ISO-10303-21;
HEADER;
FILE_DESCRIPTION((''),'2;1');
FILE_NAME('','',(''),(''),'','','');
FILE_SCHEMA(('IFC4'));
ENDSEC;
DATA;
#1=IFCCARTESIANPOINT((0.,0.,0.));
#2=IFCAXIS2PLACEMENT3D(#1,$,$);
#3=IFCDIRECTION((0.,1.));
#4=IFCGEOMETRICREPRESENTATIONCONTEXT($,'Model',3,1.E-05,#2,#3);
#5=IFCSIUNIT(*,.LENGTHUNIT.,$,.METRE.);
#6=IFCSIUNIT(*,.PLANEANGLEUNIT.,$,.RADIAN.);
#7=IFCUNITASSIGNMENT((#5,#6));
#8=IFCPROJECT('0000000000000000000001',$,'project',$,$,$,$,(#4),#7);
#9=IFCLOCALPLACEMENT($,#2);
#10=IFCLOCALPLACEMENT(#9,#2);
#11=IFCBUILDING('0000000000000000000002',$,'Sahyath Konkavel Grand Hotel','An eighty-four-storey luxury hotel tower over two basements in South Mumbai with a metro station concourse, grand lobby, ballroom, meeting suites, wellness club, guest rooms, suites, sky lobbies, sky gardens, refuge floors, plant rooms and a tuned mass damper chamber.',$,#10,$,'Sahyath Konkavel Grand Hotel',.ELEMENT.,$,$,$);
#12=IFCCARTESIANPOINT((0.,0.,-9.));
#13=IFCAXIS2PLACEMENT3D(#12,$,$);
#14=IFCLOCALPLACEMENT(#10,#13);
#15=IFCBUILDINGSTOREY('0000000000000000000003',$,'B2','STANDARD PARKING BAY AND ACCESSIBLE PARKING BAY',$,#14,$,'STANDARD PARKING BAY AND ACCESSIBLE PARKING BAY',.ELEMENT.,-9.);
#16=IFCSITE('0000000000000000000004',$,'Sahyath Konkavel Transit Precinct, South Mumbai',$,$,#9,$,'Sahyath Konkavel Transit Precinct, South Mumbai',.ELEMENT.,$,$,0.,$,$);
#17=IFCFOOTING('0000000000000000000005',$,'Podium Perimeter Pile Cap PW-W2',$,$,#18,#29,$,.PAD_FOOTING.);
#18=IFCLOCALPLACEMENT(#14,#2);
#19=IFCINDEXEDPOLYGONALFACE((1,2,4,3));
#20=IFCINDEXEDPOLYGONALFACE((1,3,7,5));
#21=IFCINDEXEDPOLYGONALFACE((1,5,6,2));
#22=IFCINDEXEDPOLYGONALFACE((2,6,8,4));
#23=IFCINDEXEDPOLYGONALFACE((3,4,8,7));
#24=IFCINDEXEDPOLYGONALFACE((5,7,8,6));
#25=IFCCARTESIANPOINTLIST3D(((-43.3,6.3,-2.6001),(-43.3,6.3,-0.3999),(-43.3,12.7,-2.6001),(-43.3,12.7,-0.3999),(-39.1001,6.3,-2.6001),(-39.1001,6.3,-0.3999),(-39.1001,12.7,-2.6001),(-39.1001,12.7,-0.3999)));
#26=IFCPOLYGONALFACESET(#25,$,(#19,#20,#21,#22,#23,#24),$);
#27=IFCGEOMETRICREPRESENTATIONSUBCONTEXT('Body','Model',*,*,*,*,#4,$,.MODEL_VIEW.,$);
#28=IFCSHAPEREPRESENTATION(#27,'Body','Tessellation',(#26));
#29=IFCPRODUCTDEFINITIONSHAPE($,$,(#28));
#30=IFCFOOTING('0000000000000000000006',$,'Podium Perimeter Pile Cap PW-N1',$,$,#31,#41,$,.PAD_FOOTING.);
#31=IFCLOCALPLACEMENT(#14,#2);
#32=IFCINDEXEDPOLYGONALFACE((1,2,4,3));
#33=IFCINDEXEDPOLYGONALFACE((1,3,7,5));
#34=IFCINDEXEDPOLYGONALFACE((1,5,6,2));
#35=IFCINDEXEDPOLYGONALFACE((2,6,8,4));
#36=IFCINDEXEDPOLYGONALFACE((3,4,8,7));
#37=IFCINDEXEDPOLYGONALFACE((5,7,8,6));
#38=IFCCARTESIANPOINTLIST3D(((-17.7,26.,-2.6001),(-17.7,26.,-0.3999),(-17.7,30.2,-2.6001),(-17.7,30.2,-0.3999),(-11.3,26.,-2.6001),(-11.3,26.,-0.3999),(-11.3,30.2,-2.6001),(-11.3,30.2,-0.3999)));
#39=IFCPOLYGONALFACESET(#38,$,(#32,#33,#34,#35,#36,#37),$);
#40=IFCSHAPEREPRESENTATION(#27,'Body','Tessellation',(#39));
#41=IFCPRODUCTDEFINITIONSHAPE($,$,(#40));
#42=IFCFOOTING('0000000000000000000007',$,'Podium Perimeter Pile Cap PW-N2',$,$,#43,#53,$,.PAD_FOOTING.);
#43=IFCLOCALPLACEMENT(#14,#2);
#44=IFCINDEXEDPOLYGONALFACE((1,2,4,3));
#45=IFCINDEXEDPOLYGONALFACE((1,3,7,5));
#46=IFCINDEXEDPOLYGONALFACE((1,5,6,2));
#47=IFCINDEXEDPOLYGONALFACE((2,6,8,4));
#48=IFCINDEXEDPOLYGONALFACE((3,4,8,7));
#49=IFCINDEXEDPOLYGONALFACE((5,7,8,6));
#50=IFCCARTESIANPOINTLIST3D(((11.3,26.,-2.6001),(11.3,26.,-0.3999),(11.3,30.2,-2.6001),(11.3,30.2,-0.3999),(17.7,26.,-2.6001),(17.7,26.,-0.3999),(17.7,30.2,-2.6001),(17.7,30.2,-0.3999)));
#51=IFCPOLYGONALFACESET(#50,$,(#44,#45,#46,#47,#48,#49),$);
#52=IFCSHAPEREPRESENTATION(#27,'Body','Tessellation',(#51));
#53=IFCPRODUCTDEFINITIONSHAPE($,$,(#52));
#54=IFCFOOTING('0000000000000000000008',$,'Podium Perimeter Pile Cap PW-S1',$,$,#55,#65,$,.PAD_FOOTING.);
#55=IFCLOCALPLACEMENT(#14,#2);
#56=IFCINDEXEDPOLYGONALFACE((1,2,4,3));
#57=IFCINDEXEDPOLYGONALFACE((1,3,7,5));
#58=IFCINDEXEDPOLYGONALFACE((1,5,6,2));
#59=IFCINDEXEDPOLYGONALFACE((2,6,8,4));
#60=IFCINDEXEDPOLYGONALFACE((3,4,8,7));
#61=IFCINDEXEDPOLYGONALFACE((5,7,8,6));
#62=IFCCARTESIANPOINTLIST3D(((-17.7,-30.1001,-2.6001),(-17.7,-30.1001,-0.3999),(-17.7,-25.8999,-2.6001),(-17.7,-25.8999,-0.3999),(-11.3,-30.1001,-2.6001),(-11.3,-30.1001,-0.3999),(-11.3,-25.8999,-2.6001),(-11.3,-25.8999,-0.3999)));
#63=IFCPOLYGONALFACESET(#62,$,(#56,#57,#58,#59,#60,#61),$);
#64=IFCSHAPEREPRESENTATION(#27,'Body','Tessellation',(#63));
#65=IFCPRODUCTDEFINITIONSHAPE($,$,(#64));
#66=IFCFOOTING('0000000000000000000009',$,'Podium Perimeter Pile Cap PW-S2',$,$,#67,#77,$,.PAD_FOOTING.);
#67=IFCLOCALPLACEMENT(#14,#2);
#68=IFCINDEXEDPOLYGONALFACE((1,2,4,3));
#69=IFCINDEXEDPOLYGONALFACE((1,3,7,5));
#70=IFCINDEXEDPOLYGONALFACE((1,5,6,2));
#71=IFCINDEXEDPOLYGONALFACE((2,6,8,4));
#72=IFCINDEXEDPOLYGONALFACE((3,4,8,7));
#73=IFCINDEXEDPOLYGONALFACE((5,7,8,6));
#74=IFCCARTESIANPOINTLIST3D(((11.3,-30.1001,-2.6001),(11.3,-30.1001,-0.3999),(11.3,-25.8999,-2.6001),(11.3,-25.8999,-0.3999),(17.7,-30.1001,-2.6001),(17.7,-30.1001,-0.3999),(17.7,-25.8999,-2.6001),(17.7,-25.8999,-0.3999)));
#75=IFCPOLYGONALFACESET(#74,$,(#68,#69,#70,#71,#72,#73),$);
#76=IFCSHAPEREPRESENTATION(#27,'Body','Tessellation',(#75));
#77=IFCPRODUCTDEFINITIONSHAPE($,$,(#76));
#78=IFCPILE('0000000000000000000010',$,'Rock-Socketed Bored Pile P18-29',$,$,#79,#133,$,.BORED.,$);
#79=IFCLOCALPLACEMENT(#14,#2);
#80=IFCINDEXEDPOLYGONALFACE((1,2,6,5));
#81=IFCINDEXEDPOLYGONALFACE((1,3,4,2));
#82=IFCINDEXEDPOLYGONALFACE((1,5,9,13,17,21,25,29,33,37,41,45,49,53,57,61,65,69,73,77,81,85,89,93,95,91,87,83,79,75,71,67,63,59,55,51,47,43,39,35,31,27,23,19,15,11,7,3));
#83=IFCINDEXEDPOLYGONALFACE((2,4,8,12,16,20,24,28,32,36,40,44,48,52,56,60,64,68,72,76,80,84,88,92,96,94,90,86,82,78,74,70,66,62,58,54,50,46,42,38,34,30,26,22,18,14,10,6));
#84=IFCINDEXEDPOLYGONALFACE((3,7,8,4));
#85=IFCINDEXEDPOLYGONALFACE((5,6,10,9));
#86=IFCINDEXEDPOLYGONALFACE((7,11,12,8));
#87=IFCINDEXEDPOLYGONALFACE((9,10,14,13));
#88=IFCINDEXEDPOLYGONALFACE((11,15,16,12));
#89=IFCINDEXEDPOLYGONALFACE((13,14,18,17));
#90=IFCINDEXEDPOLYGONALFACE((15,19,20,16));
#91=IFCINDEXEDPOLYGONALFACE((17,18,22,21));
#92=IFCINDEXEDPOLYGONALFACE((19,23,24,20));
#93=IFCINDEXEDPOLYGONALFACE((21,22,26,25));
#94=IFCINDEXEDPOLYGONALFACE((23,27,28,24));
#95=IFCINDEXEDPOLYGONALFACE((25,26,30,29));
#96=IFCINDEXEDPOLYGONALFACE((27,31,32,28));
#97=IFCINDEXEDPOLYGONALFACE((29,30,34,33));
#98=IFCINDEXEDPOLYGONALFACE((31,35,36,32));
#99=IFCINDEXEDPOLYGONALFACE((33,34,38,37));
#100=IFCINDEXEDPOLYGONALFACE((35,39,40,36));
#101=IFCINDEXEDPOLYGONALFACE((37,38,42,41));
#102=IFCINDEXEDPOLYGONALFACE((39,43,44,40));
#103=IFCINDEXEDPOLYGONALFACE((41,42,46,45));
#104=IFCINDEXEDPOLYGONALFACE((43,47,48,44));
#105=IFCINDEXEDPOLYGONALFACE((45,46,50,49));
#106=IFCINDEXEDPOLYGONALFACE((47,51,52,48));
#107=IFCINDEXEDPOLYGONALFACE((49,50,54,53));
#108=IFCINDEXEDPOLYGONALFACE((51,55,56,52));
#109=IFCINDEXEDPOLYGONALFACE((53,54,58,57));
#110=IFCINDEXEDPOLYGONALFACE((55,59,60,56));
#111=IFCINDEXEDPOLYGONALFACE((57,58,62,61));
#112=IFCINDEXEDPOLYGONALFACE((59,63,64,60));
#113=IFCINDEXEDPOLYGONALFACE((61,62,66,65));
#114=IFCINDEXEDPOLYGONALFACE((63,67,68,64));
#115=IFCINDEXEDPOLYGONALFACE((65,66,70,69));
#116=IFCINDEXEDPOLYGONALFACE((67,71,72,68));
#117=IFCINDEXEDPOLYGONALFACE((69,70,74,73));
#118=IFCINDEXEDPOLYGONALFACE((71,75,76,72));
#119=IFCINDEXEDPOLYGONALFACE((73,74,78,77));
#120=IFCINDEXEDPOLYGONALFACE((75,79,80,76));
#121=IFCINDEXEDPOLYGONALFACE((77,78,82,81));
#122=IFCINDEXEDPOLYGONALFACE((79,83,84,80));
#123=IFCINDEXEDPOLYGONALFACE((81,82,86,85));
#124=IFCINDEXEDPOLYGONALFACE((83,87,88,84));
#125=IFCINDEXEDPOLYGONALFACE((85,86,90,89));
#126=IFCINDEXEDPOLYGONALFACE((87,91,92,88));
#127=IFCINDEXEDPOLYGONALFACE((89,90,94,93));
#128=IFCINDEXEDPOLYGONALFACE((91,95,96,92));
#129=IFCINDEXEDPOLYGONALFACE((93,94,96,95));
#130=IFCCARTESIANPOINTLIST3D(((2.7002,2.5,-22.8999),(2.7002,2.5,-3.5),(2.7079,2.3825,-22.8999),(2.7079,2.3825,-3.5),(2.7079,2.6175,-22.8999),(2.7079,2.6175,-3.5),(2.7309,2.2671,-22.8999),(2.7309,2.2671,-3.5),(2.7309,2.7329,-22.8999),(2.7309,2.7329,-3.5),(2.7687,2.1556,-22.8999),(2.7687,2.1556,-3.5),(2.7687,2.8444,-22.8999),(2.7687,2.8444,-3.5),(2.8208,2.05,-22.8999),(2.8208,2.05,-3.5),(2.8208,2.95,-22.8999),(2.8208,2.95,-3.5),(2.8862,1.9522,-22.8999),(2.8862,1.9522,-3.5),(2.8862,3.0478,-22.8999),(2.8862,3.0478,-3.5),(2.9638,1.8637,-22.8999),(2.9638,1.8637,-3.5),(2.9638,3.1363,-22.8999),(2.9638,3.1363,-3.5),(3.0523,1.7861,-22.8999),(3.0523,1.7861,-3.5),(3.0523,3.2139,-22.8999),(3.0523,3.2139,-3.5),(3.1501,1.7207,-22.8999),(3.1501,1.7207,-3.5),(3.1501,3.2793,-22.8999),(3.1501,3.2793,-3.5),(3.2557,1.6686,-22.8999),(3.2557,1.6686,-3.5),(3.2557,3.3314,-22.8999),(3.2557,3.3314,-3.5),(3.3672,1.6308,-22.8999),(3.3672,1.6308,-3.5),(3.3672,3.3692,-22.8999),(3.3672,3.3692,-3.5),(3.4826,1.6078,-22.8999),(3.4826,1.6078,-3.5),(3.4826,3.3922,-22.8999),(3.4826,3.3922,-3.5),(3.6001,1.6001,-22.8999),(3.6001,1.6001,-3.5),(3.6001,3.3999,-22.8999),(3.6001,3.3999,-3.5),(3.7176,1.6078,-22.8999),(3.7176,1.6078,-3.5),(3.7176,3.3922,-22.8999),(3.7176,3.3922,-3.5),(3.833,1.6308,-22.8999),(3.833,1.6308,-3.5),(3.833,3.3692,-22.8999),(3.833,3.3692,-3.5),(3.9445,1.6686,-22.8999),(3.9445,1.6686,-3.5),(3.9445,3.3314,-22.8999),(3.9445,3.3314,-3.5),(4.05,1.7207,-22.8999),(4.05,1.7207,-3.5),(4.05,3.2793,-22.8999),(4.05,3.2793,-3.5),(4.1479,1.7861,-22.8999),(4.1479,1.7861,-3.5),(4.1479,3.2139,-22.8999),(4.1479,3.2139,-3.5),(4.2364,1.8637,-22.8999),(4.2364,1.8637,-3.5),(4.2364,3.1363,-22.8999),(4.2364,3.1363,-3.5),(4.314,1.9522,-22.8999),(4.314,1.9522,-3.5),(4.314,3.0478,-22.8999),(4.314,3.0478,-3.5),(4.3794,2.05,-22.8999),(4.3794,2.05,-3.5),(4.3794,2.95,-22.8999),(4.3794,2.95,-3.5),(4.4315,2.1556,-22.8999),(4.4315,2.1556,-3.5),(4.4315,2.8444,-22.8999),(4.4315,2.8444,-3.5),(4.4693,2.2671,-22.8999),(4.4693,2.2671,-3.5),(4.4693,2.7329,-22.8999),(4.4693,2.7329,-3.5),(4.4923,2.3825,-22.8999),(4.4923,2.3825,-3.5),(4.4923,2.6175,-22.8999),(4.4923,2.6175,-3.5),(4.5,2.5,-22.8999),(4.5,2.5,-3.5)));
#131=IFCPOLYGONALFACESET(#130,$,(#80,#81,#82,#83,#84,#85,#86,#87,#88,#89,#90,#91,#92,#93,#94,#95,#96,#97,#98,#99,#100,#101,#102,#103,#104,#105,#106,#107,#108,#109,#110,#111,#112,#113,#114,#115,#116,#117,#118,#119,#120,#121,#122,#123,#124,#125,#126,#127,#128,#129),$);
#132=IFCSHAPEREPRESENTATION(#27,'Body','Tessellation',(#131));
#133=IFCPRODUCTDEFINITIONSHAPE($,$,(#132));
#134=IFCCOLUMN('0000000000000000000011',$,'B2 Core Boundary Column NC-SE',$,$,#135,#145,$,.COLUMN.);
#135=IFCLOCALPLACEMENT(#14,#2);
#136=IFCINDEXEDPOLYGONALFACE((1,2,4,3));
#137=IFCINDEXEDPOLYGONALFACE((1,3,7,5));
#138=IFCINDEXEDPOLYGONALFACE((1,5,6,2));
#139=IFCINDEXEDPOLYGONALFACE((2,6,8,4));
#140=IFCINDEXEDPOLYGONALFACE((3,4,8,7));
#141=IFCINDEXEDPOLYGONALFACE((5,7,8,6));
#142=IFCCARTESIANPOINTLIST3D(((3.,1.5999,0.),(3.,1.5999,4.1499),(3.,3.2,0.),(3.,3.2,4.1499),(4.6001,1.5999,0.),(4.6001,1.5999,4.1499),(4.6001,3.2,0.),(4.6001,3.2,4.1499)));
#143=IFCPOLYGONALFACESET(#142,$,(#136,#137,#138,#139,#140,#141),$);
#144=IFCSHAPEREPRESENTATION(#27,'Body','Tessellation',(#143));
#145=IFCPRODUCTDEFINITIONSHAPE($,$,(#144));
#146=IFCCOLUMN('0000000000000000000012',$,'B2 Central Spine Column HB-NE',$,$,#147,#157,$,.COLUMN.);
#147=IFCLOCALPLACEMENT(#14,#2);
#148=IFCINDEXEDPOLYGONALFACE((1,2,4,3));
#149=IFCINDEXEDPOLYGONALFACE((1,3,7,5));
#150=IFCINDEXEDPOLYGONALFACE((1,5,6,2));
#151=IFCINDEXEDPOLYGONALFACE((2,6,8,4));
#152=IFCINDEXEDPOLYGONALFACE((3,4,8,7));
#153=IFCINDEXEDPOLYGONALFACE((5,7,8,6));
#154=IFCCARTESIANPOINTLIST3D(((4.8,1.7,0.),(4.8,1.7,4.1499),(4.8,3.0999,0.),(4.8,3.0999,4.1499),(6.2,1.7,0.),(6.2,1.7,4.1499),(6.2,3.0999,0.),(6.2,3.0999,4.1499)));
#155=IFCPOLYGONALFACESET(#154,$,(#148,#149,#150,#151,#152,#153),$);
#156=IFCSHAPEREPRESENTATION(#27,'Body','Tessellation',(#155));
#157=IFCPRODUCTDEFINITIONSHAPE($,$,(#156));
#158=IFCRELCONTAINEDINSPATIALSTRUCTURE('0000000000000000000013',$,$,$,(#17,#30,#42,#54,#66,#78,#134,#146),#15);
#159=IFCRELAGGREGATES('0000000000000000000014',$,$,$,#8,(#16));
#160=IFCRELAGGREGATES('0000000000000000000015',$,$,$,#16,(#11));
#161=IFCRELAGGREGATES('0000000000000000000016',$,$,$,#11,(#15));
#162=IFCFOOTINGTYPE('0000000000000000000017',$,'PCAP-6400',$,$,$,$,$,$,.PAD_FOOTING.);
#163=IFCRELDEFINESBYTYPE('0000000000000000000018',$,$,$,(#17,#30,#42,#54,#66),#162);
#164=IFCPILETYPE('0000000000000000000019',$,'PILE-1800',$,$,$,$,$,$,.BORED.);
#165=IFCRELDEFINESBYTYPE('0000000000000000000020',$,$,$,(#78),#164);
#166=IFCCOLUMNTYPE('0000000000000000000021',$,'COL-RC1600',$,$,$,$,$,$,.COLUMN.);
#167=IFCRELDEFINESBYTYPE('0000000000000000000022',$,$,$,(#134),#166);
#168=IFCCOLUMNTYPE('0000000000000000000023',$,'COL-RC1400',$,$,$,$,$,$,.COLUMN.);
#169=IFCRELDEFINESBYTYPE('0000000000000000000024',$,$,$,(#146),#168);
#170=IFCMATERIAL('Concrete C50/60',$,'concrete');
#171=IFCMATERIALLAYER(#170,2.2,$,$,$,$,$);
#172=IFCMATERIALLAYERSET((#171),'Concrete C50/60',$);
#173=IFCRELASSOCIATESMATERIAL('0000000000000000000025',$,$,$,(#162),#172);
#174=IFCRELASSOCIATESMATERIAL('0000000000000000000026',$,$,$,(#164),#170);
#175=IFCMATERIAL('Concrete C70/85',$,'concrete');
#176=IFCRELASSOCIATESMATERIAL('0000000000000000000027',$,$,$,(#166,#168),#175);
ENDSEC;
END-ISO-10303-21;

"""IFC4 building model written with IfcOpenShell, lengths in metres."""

from ifc_helpers import new_model, si_unit, direction, frame, origin, origin_2d, place, context, subcontext, project, spatial, polyline, rectangle, circle, outline, extrude, source, transform, mapped, material, layer, layer_set, material_profile, profile_set, type_object, element, save


model = new_model("IFC4")

# Units and contexts
model_context = context("Model", 3, precision=1e-05, world=origin(), true_north=direction((0.0, 1.0)))
body_context = subcontext(model_context, "Body", "Model", "MODEL_VIEW")
ifc_project = project(units=[si_unit("LENGTHUNIT", "METRE"), si_unit("PLANEANGLEUNIT", "RADIAN")], contexts=[model_context])

# Site, building, storey
site_placement = place(None, origin())
site = spatial("IfcSite", under=ifc_project, at=site_placement, Name="Sahyath Konkavel Transit Precinct, South Mumbai", LongName="Sahyath Konkavel Transit Precinct, South Mumbai", CompositionType="ELEMENT", RefElevation=0.0)
building_placement = place(site_placement, origin())
building = spatial("IfcBuilding", under=site, at=building_placement, Name="Sahyath Konkavel Grand Hotel", Description="An eighty-four-storey luxury hotel tower over two basements in South Mumbai with a metro station concourse, grand lobby, ballroom, meeting suites, wellness club, guest rooms, suites, sky lobbies, sky gardens, refuge floors, plant rooms and a tuned mass damper chamber.", LongName="Sahyath Konkavel Grand Hotel", CompositionType="ELEMENT")
storey_placement = place(building_placement, frame((0.0, 0.0, -9.0)))
storey = spatial("IfcBuildingStorey", under=building, at=storey_placement, Name="B2", Description="STANDARD PARKING BAY AND ACCESSIBLE PARKING BAY", LongName="STANDARD PARKING BAY AND ACCESSIBLE PARKING BAY", CompositionType="ELEMENT", Elevation=-9.0)

# Footings
ifc_material_1 = material(Name="Concrete C50/60", Category="concrete")
ifc_layer_1 = layer(ifc_material_1, 2.2)
ifc_layer_set_1 = layer_set([ifc_layer_1], Name="Concrete C50/60")
footing_type = type_object("IfcFootingType", Name="PCAP-6400", PredefinedType="PAD_FOOTING", material=ifc_layer_set_1)
footing_1_placement = place(storey_placement, frame((0.0, 0.0, -2.6001)))
element("IfcFooting", 1, at=footing_1_placement, inside=storey, type_object=footing_type, Name="Podium Perimeter Pile Cap PW-W2", PredefinedType="PAD_FOOTING", context=body_context, shape_type="SweptSolid", body=[
    extrude(outline(polyline([(-43.3, 6.3), (-39.1001, 6.3), (-39.1001, 12.7), (-43.3, 12.7), (-43.3, 6.3)])), origin(), (0.0, 0.0, 1.0), 2.2002),
])
footing_2_placement = place(storey_placement, frame((0.0, 0.0, -2.6001)))
element("IfcFooting", 2, at=footing_2_placement, inside=storey, type_object=footing_type, Name="Podium Perimeter Pile Cap PW-N1", PredefinedType="PAD_FOOTING", context=body_context, shape_type="SweptSolid", body=[
    extrude(outline(polyline([(-17.7, 26.0), (-11.3, 26.0), (-11.3, 30.2), (-17.7, 30.2), (-17.7, 26.0)])), origin(), (0.0, 0.0, 1.0), 2.2002),
])
footing_3_placement = place(storey_placement, frame((0.0, 0.0, -2.6001)))
element("IfcFooting", 3, at=footing_3_placement, inside=storey, type_object=footing_type, Name="Podium Perimeter Pile Cap PW-N2", PredefinedType="PAD_FOOTING", context=body_context, shape_type="SweptSolid", body=[
    extrude(outline(polyline([(11.3, 26.0), (17.7, 26.0), (17.7, 30.2), (11.3, 30.2), (11.3, 26.0)])), origin(), (0.0, 0.0, 1.0), 2.2002),
])
footing_4_placement = place(storey_placement, frame((0.0, 0.0, -2.6001)))
element("IfcFooting", 4, at=footing_4_placement, inside=storey, type_object=footing_type, Name="Podium Perimeter Pile Cap PW-S1", PredefinedType="PAD_FOOTING", context=body_context, shape_type="SweptSolid", body=[
    extrude(outline(polyline([(-17.7, -30.1001), (-11.3, -30.1001), (-11.3, -25.8999), (-17.7, -25.8999), (-17.7, -30.1001)])), origin(), (0.0, 0.0, 1.0), 2.2002),
])
footing_5_placement = place(storey_placement, frame((0.0, 0.0, -2.6001)))
element("IfcFooting", 5, at=footing_5_placement, inside=storey, type_object=footing_type, Name="Podium Perimeter Pile Cap PW-S2", PredefinedType="PAD_FOOTING", context=body_context, shape_type="SweptSolid", body=[
    extrude(outline(polyline([(11.3, -30.1001), (17.7, -30.1001), (17.7, -25.8999), (11.3, -25.8999), (11.3, -30.1001)])), origin(), (0.0, 0.0, 1.0), 2.2002),
])

# Pile
ifc_material_profile_1 = material_profile(ifc_material_1, circle(Radius=0.8999, at=origin_2d()), Name="PILE D1800")
ifc_profile_set_1 = profile_set([ifc_material_profile_1], Name="Concrete C50/60")
pile_type = type_object("IfcPileType", Name="PILE-1800", PredefinedType="BORED", material=ifc_profile_set_1)
pile_placement = place(storey_placement, frame((3.6001, 2.5, -3.5), z_axis=(0.0, 0.0, -1.0), x_axis=(1.0, 0.0, 0.0)))
element("IfcPile", 6, at=pile_placement, inside=storey, type_object=pile_type, Name="Rock-Socketed Bored Pile P18-29", PredefinedType="BORED", context=body_context, shape_type="SweptSolid", body=[
    extrude(circle(Radius=0.8999, at=origin_2d()), origin(), (0.0, 0.0, 1.0), 19.3999),
])

# Columns
ifc_material_2 = material(Name="Concrete C70/85", Category="concrete")
ifc_material_profile_2 = material_profile(ifc_material_2, rectangle(XDim=1.6001, YDim=1.6001, at=origin_2d()), Name="RC 1600x1600")
ifc_profile_set_2 = profile_set([ifc_material_profile_2], Name="Concrete C70/85")
column_type_1 = type_object("IfcColumnType", Name="COL-RC1600", PredefinedType="COLUMN", material=ifc_profile_set_2)
shared_shape_1 = source(origin(), body_context, "Body", "SweptSolid", [
    extrude(rectangle(XDim=1.6001, YDim=1.6001, at=origin_2d()), origin(), (0.0, 0.0, 1.0), 4.1499),
])
column_1_placement = place(storey_placement, frame((3.8, 2.3999, 0.0), z_axis=(0.0, 0.0, 1.0), x_axis=(1.0, 0.0, 0.0)))
element("IfcColumn", 7, at=column_1_placement, inside=storey, type_object=column_type_1, Name="B2 Core Boundary Column NC-SE", PredefinedType="COLUMN", context=body_context, shape_type="MappedRepresentation", body=[
    mapped(shared_shape_1, transform((0.0, 0.0, 0.0), scale=1.0)),
])
ifc_material_profile_3 = material_profile(ifc_material_2, rectangle(XDim=1.3999, YDim=1.3999, at=origin_2d()), Name="RC 1400x1400")
ifc_profile_set_3 = profile_set([ifc_material_profile_3], Name="Concrete C70/85")
column_type_2 = type_object("IfcColumnType", Name="COL-RC1400", PredefinedType="COLUMN", material=ifc_profile_set_3)
shared_shape_2 = source(origin(), body_context, "Body", "SweptSolid", [
    extrude(rectangle(XDim=1.3999, YDim=1.3999, at=origin_2d()), origin(), (0.0, 0.0, 1.0), 4.1499),
])
column_2_placement = place(storey_placement, frame((5.5, 2.3999, 0.0), z_axis=(0.0, 0.0, 1.0), x_axis=(1.0, 0.0, 0.0)))
element("IfcColumn", 8, at=column_2_placement, inside=storey, type_object=column_type_2, Name="B2 Central Spine Column HB-NE", PredefinedType="COLUMN", context=body_context, shape_type="MappedRepresentation", body=[
    mapped(shared_shape_2, transform((0.0, 0.0, 0.0), scale=1.0)),
])

save(model, "model.ifc")
